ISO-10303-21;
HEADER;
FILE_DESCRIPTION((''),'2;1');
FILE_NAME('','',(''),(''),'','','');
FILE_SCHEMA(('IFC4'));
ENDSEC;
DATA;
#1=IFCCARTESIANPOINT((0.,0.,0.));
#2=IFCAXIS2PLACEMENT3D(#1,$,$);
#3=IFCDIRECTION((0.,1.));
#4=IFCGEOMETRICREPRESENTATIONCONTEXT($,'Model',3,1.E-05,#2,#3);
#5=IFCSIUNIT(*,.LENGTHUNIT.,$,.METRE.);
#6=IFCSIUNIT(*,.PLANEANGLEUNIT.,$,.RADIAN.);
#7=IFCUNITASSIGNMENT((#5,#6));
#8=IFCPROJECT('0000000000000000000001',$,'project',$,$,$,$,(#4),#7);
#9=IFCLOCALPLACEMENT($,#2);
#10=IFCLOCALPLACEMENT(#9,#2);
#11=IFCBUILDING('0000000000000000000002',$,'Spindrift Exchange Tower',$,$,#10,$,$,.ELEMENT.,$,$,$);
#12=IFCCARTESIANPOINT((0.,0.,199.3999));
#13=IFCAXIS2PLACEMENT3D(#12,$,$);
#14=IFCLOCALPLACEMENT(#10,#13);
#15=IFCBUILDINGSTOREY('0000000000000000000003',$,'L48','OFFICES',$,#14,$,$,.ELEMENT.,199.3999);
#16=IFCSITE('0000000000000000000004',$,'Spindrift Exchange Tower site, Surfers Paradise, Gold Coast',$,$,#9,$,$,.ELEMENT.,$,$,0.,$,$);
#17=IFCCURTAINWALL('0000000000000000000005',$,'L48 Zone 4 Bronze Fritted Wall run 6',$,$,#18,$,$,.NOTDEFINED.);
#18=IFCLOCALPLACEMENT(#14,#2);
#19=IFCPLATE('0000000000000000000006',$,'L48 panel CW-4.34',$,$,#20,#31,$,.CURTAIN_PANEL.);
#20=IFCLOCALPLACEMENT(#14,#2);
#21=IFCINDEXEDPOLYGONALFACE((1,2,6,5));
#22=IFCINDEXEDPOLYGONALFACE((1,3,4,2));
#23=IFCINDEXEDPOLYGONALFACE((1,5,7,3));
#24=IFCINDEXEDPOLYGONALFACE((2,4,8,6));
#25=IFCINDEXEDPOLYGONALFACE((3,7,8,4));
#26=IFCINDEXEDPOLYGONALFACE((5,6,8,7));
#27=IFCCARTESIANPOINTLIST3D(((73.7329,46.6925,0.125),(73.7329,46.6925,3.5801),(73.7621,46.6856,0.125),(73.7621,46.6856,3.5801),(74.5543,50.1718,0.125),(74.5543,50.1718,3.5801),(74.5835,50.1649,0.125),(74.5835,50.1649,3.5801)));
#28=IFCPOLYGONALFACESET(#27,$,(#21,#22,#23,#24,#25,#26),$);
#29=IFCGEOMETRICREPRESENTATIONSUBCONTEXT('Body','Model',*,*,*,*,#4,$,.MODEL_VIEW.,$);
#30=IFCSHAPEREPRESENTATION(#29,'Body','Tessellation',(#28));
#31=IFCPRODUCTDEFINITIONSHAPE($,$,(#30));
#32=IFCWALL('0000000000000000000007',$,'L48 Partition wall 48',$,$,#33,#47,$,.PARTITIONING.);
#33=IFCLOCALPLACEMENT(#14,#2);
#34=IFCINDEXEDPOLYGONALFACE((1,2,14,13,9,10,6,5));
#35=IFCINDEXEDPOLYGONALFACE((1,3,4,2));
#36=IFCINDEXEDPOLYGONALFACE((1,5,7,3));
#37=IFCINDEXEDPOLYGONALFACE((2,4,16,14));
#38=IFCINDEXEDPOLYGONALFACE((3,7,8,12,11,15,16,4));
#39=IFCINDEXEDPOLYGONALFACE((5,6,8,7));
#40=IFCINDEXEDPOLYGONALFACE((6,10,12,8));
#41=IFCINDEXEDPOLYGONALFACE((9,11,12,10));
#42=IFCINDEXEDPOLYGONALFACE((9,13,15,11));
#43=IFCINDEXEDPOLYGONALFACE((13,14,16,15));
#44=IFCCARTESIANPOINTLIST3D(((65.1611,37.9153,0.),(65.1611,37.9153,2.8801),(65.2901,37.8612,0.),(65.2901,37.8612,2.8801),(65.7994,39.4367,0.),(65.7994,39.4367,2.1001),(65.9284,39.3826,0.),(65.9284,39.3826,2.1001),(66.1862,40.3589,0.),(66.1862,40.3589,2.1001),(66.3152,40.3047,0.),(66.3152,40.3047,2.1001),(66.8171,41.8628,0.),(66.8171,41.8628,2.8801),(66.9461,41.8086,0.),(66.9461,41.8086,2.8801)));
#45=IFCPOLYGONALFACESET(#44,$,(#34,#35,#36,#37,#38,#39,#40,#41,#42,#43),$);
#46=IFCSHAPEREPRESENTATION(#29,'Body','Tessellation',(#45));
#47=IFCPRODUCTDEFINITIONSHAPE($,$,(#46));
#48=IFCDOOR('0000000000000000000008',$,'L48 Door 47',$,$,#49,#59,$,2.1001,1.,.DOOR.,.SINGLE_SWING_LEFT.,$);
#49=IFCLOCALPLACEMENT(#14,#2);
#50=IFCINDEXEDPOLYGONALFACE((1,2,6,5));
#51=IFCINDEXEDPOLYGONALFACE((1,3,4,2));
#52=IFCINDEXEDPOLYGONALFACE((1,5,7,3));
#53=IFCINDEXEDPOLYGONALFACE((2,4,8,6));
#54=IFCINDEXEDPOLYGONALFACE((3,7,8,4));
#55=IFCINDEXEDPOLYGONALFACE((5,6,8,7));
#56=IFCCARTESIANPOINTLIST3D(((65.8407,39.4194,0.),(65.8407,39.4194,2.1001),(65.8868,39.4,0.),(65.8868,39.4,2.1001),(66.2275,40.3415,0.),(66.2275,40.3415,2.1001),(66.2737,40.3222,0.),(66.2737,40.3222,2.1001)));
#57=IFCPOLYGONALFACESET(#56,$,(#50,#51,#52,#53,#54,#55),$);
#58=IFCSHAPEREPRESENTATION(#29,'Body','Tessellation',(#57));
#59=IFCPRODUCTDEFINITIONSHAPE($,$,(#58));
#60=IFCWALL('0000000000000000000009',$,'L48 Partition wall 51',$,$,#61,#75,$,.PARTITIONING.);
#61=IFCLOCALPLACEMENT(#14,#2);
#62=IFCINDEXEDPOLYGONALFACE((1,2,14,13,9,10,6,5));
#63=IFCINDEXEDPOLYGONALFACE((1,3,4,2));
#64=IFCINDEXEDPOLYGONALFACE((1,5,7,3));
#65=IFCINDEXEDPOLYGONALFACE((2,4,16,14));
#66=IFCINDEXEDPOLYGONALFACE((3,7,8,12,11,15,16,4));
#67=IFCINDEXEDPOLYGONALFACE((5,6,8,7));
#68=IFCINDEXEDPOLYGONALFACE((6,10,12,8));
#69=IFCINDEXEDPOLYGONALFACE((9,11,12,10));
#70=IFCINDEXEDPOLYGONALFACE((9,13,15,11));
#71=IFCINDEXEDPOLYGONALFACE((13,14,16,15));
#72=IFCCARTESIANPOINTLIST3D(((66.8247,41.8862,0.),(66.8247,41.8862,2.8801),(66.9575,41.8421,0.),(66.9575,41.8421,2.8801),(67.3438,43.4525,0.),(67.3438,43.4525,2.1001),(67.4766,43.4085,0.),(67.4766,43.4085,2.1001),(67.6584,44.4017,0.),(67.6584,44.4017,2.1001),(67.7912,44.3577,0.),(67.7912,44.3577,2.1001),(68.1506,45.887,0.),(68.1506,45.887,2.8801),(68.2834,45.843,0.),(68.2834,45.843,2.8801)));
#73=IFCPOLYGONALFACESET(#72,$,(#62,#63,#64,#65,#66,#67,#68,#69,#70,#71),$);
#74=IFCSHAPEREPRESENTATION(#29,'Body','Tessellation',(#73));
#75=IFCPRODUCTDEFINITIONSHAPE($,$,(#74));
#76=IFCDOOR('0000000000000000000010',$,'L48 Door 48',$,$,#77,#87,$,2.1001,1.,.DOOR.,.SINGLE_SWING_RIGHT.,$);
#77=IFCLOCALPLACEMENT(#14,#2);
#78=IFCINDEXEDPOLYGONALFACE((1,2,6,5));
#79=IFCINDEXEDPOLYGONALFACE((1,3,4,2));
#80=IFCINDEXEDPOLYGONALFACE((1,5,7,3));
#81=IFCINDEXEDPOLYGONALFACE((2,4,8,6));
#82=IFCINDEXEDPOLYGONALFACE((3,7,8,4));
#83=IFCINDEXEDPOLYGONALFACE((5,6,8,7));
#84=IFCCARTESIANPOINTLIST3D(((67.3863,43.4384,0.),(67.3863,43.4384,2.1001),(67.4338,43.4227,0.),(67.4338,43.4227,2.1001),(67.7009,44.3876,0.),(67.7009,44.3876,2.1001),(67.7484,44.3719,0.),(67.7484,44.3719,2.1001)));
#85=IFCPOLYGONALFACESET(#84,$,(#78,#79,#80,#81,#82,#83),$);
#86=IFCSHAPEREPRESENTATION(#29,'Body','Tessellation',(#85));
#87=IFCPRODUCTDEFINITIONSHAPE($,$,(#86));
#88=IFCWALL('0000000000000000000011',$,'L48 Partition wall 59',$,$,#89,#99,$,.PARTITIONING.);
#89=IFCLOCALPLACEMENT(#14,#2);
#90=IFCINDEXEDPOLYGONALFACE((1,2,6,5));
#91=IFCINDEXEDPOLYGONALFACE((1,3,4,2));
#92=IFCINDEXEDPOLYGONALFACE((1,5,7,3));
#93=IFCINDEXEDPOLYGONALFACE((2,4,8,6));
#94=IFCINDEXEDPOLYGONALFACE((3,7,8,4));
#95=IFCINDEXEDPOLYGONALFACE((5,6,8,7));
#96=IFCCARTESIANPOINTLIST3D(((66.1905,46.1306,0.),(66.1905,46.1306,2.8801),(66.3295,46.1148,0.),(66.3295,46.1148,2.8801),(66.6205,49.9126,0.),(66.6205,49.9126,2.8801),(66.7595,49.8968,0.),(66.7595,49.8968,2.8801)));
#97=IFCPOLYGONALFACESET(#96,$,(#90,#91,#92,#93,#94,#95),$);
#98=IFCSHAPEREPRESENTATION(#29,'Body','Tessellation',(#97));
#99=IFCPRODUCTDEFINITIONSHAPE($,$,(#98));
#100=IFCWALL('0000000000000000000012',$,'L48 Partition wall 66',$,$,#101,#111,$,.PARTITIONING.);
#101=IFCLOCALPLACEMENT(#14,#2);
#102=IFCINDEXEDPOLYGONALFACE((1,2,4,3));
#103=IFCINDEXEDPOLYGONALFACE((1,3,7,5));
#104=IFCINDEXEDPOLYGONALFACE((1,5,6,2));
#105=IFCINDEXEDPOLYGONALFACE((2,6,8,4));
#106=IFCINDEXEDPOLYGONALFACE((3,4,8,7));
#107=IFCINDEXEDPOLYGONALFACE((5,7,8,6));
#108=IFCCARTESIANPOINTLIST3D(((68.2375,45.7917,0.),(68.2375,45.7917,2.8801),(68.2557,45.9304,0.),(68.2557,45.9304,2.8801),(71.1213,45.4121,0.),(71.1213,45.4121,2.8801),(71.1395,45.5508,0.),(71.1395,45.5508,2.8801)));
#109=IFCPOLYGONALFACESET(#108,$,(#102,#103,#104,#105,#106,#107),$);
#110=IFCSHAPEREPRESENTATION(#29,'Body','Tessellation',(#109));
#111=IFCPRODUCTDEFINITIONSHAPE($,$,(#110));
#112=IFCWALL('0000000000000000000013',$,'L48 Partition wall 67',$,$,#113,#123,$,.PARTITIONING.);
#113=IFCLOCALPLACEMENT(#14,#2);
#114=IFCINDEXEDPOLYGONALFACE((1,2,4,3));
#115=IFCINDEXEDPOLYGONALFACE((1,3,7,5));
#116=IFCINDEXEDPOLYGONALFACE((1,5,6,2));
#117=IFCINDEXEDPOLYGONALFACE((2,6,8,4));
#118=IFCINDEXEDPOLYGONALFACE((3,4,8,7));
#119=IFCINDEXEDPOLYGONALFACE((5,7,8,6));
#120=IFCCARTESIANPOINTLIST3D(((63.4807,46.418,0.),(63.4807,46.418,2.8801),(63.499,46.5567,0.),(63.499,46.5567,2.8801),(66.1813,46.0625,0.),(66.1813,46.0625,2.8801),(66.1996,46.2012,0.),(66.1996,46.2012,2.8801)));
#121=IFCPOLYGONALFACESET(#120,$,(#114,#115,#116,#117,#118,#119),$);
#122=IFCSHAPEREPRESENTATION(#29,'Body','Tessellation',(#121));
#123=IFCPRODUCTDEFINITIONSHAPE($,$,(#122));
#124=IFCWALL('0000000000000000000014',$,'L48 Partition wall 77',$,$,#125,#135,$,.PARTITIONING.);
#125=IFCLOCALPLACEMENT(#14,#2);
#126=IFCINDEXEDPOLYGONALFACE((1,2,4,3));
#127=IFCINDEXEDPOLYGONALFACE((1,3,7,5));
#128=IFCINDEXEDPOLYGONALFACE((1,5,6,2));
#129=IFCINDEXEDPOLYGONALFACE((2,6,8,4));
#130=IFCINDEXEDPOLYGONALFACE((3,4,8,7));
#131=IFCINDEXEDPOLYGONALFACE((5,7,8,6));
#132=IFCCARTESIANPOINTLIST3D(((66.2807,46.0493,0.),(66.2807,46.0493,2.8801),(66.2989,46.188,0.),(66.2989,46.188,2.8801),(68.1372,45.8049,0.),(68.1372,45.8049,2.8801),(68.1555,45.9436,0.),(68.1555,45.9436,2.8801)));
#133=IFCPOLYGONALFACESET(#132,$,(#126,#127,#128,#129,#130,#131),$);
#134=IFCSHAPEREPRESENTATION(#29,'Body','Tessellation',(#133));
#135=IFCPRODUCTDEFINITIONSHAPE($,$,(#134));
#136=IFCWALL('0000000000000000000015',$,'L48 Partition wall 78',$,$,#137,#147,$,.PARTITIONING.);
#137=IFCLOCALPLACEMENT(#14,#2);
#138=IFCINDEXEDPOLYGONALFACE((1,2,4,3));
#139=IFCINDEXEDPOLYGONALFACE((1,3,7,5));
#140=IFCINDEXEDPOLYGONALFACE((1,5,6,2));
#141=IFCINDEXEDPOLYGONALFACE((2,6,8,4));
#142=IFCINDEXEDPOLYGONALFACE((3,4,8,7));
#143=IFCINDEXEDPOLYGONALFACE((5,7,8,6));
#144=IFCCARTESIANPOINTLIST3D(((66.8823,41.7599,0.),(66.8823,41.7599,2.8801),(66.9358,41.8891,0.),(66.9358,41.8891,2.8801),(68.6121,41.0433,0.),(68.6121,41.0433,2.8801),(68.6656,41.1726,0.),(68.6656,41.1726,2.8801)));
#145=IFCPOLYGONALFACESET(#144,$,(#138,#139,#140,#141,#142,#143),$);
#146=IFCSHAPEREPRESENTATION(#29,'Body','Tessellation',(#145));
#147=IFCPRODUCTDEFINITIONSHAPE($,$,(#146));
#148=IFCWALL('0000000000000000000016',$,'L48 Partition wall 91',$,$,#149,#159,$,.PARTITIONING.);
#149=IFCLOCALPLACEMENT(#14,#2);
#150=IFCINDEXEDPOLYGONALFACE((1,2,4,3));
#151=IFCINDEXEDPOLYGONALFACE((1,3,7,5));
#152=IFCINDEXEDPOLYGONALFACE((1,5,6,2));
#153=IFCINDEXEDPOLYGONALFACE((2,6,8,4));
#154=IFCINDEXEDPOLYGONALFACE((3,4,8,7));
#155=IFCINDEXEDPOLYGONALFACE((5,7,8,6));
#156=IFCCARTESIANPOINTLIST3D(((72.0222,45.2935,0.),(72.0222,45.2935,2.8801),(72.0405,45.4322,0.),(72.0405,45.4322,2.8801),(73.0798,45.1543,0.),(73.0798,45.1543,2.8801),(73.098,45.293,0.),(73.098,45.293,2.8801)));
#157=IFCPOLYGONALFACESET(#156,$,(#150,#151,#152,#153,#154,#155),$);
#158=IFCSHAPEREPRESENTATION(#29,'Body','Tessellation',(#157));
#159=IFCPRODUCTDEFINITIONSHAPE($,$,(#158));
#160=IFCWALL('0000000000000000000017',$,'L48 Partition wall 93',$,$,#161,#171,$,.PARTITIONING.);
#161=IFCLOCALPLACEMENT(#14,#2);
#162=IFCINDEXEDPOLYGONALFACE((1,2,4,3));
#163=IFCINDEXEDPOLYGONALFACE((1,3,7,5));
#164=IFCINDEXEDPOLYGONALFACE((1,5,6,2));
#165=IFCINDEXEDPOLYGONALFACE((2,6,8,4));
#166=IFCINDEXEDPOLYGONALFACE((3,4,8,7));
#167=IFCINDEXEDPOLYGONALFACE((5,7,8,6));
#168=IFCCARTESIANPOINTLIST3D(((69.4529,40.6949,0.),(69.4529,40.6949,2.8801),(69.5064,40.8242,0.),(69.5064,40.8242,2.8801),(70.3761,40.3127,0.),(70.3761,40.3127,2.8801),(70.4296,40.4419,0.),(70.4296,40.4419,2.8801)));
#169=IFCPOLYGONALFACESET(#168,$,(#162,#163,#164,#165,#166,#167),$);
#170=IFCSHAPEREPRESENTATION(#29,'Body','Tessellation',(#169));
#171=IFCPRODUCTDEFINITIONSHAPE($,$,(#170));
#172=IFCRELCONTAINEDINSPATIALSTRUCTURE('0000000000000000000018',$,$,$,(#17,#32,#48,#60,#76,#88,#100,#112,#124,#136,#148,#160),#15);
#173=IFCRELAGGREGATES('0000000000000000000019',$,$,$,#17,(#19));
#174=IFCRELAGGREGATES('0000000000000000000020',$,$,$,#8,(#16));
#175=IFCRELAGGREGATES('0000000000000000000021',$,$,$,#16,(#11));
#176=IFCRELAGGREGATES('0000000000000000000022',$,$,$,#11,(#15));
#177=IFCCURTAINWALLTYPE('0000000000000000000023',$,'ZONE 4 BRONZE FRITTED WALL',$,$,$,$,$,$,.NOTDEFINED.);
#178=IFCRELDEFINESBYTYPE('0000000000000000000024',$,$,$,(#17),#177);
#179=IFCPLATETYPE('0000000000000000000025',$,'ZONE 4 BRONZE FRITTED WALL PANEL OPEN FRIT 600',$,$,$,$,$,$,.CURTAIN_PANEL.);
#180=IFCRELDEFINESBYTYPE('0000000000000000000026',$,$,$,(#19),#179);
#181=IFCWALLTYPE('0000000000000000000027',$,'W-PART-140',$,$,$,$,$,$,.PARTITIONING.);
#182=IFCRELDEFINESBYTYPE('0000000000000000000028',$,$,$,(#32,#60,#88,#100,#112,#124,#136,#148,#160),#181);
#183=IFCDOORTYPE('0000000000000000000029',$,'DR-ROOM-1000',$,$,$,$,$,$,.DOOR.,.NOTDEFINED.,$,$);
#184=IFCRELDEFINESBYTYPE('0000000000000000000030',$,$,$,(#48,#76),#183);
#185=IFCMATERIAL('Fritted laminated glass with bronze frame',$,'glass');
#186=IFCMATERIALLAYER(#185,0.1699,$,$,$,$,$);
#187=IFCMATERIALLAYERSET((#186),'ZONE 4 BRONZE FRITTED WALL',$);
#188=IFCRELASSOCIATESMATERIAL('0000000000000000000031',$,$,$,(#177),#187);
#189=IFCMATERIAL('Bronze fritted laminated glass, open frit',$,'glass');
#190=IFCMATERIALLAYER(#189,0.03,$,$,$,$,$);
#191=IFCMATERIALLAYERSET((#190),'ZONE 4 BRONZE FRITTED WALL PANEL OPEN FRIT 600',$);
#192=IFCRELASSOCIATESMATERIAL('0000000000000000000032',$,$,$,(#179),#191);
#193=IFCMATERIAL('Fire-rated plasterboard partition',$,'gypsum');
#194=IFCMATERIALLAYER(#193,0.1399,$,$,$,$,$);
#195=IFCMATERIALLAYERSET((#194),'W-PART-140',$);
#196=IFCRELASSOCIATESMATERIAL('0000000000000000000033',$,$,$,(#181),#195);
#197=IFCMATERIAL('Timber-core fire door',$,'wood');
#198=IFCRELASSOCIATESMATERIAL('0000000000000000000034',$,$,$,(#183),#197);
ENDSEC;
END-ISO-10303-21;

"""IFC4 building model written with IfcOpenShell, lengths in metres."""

from ifc_helpers import new_model, si_unit, direction, frame, frame_2d, origin, origin_2d, place, context, subcontext, project, spatial, rectangle, extrude, source, transform, mapped, material, layer, layer_set, type_object, element, fill, aggregate, save


model = new_model("IFC4")

# Units and contexts
model_context = context("Model", 3, precision=1e-05, world=origin(), true_north=direction((0.0, 1.0)))
body_context = subcontext(model_context, "Body", "Model", "MODEL_VIEW")
ifc_project = project(units=[si_unit("LENGTHUNIT", "METRE"), si_unit("PLANEANGLEUNIT", "RADIAN")], contexts=[model_context])

# Site, building, storey
site_placement = place(None, origin())
site = spatial("IfcSite", under=ifc_project, at=site_placement, Name="Spindrift Exchange Tower site, Surfers Paradise, Gold Coast", CompositionType="ELEMENT", RefElevation=0.0)
building_placement = place(site_placement, origin())
building = spatial("IfcBuilding", under=site, at=building_placement, Name="Spindrift Exchange Tower", CompositionType="ELEMENT")
storey_placement = place(building_placement, frame((0.0, 0.0, 199.3999)))
storey = spatial("IfcBuildingStorey", under=building, at=storey_placement, Name="L48", Description="OFFICES", CompositionType="ELEMENT", Elevation=199.3999)

# Curtain wall, plate
ifc_material_1 = material(Name="Fritted laminated glass with bronze frame", Category="glass")
ifc_layer_1 = layer(ifc_material_1, 0.1699)
ifc_layer_set_1 = layer_set([ifc_layer_1], Name="ZONE 4 BRONZE FRITTED WALL")
curtain_wall_type = type_object("IfcCurtainWallType", Name="ZONE 4 BRONZE FRITTED WALL", PredefinedType="NOTDEFINED", material=ifc_layer_set_1)
curtain_wall_placement = place(storey_placement, origin())
curtain_wall = element("IfcCurtainWall", 1, at=curtain_wall_placement, inside=storey, type_object=curtain_wall_type, Name="L48 Zone 4 Bronze Fritted Wall run 6", PredefinedType="NOTDEFINED")
ifc_material_2 = material(Name="Bronze fritted laminated glass, open frit", Category="glass")
ifc_layer_2 = layer(ifc_material_2, 0.03)
ifc_layer_set_2 = layer_set([ifc_layer_2], Name="ZONE 4 BRONZE FRITTED WALL PANEL OPEN FRIT 600")
plate_type_1 = type_object("IfcPlateType", Name="ZONE 4 BRONZE FRITTED WALL PANEL OPEN FRIT 600", PredefinedType="CURTAIN_PANEL", material=ifc_layer_set_2)
shared_shape_1 = source(origin(), body_context, "Body", "SweptSolid", [
    extrude(rectangle(XDim=3.575, YDim=0.03, at=origin_2d()), origin(), (0.0, 0.0, 1.0), 3.4551),
])
plate_1_placement = place(storey_placement, frame((74.1582, 48.4287, 0.125), z_axis=(0.0, 0.0, 1.0), x_axis=(0.229761, 0.973247, 0.0)))
plate_1 = element("IfcPlate", 2, at=plate_1_placement, type_object=plate_type_1, Name="L48 panel CW-4.34", PredefinedType="CURTAIN_PANEL", context=body_context, shape_type="MappedRepresentation", body=[
    mapped(shared_shape_1, transform((0.0, 0.0, 0.0), scale=1.0)),
])
aggregate(curtain_wall, [plate_1])

# Walls, openings, doors
ifc_material_3 = material(Name="Fire-rated plasterboard partition", Category="gypsum")
ifc_layer_3 = layer(ifc_material_3, 0.1399)
ifc_layer_set_3 = layer_set([ifc_layer_3], Name="W-PART-140")
wall_type = type_object("IfcWallType", Name="W-PART-140", PredefinedType="PARTITIONING", material=ifc_layer_set_3)
wall_1_placement = place(storey_placement, frame((66.8816, 41.8357, 0.0), z_axis=(0.0, 0.0, 1.0), x_axis=(-0.386846, -0.922145, 0.0)))
wall_1 = element("IfcWall", 3, at=wall_1_placement, inside=storey, type_object=wall_type, Name="L48 Partition wall 48", PredefinedType="PARTITIONING", context=body_context, shape_type="SweptSolid", body=[
    extrude(rectangle(XDim=4.2808, YDim=0.1399, at=frame_2d((2.1404, 0.0))), origin(), (0.0, 0.0, 1.0), 2.8801),
])
opening_1_placement = place(wall_1_placement, frame((1.6309, 0.0, 0.0)))
opening_1 = element("IfcOpeningElement", 4, at=opening_1_placement, cuts=wall_1, PredefinedType="OPENING", context=body_context, shape_type="SweptSolid", body=[
    extrude(rectangle(XDim=1.0, YDim=2.1001, at=frame_2d((0.5, 1.05))), frame((0.0, 0.0798, 0.0), z_axis=(0.0, -1.0, 0.0), x_axis=(1.0, 0.0, 0.0)), (0.0, 0.0, 1.0), 0.1599),
])
ifc_material_4 = material(Name="Timber-core fire door", Category="wood")
door_type = type_object("IfcDoorType", Name="DR-ROOM-1000", OperationType="NOTDEFINED", PredefinedType="DOOR", material=ifc_material_4)
shared_shape_2 = source(origin(), body_context, "Body", "SweptSolid", [
    extrude(rectangle(XDim=1.0, YDim=2.1001, at=frame_2d((0.5, 1.05))), frame((0.0, 0.0249, 0.0), z_axis=(0.0, -1.0, 0.0), x_axis=(1.0, 0.0, 0.0)), (0.0, 0.0, 1.0), 0.05),
])
door_1_placement = place(opening_1_placement, origin())
door_1 = element("IfcDoor", 5, at=door_1_placement, inside=storey, type_object=door_type, Name="L48 Door 47", OperationType="SINGLE_SWING_LEFT", OverallHeight=2.1001, OverallWidth=1.0, PredefinedType="DOOR", context=body_context, shape_type="MappedRepresentation", body=[
    mapped(shared_shape_2, transform((0.0, 0.0, 0.0), scale=1.0)),
])
fill(opening_1, door_1)
wall_2_placement = place(storey_placement, frame((68.217, 45.865, 0.0), z_axis=(0.0, 0.0, 1.0), x_axis=(-0.314594, -0.949226, 0.0)))
wall_2 = element("IfcWall", 6, at=wall_2_placement, inside=storey, type_object=wall_type, Name="L48 Partition wall 51", PredefinedType="PARTITIONING", context=body_context, shape_type="SweptSolid", body=[
    extrude(rectangle(XDim=4.2148, YDim=0.1399, at=frame_2d((2.1074, 0.0))), origin(), (0.0, 0.0, 1.0), 2.8801),
])
opening_2_placement = place(wall_2_placement, frame((1.5647, 0.0, 0.0)))
opening_2 = element("IfcOpeningElement", 7, at=opening_2_placement, cuts=wall_2, PredefinedType="OPENING", context=body_context, shape_type="SweptSolid", body=[
    extrude(rectangle(XDim=1.0, YDim=2.1001, at=frame_2d((0.5, 1.05))), frame((0.0, 0.0798, 0.0), z_axis=(0.0, -1.0, 0.0), x_axis=(1.0, 0.0, 0.0)), (0.0, 0.0, 1.0), 0.1599),
])
door_2_placement = place(opening_2_placement, origin())
door_2 = element("IfcDoor", 8, at=door_2_placement, inside=storey, type_object=door_type, Name="L48 Door 48", OperationType="SINGLE_SWING_RIGHT", OverallHeight=2.1001, OverallWidth=1.0, PredefinedType="DOOR", context=body_context, shape_type="MappedRepresentation", body=[
    mapped(shared_shape_2, transform((0.0, 0.0, 0.0), scale=1.0)),
])
fill(opening_2, door_2)

# Walls
wall_3_placement = place(storey_placement, frame((66.26, 46.1226, 0.0), z_axis=(0.0, 0.0, 1.0), x_axis=(0.112951, 0.993601, 0.0)))
element("IfcWall", 9, at=wall_3_placement, inside=storey, type_object=wall_type, Name="L48 Partition wall 59", PredefinedType="PARTITIONING", context=body_context, shape_type="SweptSolid", body=[
    extrude(rectangle(XDim=3.8064, YDim=0.1399, at=frame_2d((1.9033, 0.0))), origin(), (0.0, 0.0, 1.0), 2.8801),
])
wall_4_placement = place(storey_placement, frame((68.2466, 45.8611, 0.0), z_axis=(0.0, 0.0, 1.0), x_axis=(0.991446, -0.13052, 0.0)))
element("IfcWall", 10, at=wall_4_placement, inside=storey, type_object=wall_type, Name="L48 Partition wall 66", PredefinedType="PARTITIONING", context=body_context, shape_type="SweptSolid", body=[
    extrude(rectangle(XDim=2.9087, YDim=0.1399, at=frame_2d((1.4543, 0.0))), origin(), (0.0, 0.0, 1.0), 2.8801),
])
wall_5_placement = place(storey_placement, frame((63.49, 46.4873, 0.0), z_axis=(0.0, 0.0, 1.0), x_axis=(0.991449, -0.130496, 0.0)))
element("IfcWall", 11, at=wall_5_placement, inside=storey, type_object=wall_type, Name="L48 Partition wall 67", PredefinedType="PARTITIONING", context=body_context, shape_type="SweptSolid", body=[
    extrude(rectangle(XDim=2.7239, YDim=0.1399, at=frame_2d((1.3618, 0.0))), origin(), (0.0, 0.0, 1.0), 2.8801),
])
wall_6_placement = place(storey_placement, frame((66.2898, 46.1187, 0.0), z_axis=(0.0, 0.0, 1.0), x_axis=(0.991446, -0.130515, 0.0)))
element("IfcWall", 12, at=wall_6_placement, inside=storey, type_object=wall_type, Name="L48 Partition wall 77", PredefinedType="PARTITIONING", context=body_context, shape_type="SweptSolid", body=[
    extrude(rectangle(XDim=1.8726, YDim=0.1399, at=frame_2d((0.9363, 0.0))), origin(), (0.0, 0.0, 1.0), 2.8801),
])
wall_7_placement = place(storey_placement, frame((66.9092, 41.8245, 0.0), z_axis=(0.0, 0.0, 1.0), x_axis=(0.923866, -0.382716, 0.0)))
element("IfcWall", 13, at=wall_7_placement, inside=storey, type_object=wall_type, Name="L48 Partition wall 78", PredefinedType="PARTITIONING", context=body_context, shape_type="SweptSolid", body=[
    extrude(rectangle(XDim=1.8723, YDim=0.1399, at=frame_2d((0.936, 0.0))), origin(), (0.0, 0.0, 1.0), 2.8801),
])
wall_8_placement = place(storey_placement, frame((72.0315, 45.3628, 0.0), z_axis=(0.0, 0.0, 1.0), x_axis=(0.991454, -0.130455, 0.0)))
element("IfcWall", 14, at=wall_8_placement, inside=storey, type_object=wall_type, Name="L48 Partition wall 91", PredefinedType="PARTITIONING", context=body_context, shape_type="SweptSolid", body=[
    extrude(rectangle(XDim=1.0667, YDim=0.1399, at=frame_2d((0.5332, 0.0))), origin(), (0.0, 0.0, 1.0), 2.8801),
])
wall_9_placement = place(storey_placement, frame((69.4797, 40.7595, 0.0), z_axis=(0.0, 0.0, 1.0), x_axis=(0.923928, -0.382568, 0.0)))
element("IfcWall", 15, at=wall_9_placement, inside=storey, type_object=wall_type, Name="L48 Partition wall 93", PredefinedType="PARTITIONING", context=body_context, shape_type="SweptSolid", body=[
    extrude(rectangle(XDim=0.9993, YDim=0.1399, at=frame_2d((0.4995, 0.0))), origin(), (0.0, 0.0, 1.0), 2.8801),
])

save(model, "model.ifc")
